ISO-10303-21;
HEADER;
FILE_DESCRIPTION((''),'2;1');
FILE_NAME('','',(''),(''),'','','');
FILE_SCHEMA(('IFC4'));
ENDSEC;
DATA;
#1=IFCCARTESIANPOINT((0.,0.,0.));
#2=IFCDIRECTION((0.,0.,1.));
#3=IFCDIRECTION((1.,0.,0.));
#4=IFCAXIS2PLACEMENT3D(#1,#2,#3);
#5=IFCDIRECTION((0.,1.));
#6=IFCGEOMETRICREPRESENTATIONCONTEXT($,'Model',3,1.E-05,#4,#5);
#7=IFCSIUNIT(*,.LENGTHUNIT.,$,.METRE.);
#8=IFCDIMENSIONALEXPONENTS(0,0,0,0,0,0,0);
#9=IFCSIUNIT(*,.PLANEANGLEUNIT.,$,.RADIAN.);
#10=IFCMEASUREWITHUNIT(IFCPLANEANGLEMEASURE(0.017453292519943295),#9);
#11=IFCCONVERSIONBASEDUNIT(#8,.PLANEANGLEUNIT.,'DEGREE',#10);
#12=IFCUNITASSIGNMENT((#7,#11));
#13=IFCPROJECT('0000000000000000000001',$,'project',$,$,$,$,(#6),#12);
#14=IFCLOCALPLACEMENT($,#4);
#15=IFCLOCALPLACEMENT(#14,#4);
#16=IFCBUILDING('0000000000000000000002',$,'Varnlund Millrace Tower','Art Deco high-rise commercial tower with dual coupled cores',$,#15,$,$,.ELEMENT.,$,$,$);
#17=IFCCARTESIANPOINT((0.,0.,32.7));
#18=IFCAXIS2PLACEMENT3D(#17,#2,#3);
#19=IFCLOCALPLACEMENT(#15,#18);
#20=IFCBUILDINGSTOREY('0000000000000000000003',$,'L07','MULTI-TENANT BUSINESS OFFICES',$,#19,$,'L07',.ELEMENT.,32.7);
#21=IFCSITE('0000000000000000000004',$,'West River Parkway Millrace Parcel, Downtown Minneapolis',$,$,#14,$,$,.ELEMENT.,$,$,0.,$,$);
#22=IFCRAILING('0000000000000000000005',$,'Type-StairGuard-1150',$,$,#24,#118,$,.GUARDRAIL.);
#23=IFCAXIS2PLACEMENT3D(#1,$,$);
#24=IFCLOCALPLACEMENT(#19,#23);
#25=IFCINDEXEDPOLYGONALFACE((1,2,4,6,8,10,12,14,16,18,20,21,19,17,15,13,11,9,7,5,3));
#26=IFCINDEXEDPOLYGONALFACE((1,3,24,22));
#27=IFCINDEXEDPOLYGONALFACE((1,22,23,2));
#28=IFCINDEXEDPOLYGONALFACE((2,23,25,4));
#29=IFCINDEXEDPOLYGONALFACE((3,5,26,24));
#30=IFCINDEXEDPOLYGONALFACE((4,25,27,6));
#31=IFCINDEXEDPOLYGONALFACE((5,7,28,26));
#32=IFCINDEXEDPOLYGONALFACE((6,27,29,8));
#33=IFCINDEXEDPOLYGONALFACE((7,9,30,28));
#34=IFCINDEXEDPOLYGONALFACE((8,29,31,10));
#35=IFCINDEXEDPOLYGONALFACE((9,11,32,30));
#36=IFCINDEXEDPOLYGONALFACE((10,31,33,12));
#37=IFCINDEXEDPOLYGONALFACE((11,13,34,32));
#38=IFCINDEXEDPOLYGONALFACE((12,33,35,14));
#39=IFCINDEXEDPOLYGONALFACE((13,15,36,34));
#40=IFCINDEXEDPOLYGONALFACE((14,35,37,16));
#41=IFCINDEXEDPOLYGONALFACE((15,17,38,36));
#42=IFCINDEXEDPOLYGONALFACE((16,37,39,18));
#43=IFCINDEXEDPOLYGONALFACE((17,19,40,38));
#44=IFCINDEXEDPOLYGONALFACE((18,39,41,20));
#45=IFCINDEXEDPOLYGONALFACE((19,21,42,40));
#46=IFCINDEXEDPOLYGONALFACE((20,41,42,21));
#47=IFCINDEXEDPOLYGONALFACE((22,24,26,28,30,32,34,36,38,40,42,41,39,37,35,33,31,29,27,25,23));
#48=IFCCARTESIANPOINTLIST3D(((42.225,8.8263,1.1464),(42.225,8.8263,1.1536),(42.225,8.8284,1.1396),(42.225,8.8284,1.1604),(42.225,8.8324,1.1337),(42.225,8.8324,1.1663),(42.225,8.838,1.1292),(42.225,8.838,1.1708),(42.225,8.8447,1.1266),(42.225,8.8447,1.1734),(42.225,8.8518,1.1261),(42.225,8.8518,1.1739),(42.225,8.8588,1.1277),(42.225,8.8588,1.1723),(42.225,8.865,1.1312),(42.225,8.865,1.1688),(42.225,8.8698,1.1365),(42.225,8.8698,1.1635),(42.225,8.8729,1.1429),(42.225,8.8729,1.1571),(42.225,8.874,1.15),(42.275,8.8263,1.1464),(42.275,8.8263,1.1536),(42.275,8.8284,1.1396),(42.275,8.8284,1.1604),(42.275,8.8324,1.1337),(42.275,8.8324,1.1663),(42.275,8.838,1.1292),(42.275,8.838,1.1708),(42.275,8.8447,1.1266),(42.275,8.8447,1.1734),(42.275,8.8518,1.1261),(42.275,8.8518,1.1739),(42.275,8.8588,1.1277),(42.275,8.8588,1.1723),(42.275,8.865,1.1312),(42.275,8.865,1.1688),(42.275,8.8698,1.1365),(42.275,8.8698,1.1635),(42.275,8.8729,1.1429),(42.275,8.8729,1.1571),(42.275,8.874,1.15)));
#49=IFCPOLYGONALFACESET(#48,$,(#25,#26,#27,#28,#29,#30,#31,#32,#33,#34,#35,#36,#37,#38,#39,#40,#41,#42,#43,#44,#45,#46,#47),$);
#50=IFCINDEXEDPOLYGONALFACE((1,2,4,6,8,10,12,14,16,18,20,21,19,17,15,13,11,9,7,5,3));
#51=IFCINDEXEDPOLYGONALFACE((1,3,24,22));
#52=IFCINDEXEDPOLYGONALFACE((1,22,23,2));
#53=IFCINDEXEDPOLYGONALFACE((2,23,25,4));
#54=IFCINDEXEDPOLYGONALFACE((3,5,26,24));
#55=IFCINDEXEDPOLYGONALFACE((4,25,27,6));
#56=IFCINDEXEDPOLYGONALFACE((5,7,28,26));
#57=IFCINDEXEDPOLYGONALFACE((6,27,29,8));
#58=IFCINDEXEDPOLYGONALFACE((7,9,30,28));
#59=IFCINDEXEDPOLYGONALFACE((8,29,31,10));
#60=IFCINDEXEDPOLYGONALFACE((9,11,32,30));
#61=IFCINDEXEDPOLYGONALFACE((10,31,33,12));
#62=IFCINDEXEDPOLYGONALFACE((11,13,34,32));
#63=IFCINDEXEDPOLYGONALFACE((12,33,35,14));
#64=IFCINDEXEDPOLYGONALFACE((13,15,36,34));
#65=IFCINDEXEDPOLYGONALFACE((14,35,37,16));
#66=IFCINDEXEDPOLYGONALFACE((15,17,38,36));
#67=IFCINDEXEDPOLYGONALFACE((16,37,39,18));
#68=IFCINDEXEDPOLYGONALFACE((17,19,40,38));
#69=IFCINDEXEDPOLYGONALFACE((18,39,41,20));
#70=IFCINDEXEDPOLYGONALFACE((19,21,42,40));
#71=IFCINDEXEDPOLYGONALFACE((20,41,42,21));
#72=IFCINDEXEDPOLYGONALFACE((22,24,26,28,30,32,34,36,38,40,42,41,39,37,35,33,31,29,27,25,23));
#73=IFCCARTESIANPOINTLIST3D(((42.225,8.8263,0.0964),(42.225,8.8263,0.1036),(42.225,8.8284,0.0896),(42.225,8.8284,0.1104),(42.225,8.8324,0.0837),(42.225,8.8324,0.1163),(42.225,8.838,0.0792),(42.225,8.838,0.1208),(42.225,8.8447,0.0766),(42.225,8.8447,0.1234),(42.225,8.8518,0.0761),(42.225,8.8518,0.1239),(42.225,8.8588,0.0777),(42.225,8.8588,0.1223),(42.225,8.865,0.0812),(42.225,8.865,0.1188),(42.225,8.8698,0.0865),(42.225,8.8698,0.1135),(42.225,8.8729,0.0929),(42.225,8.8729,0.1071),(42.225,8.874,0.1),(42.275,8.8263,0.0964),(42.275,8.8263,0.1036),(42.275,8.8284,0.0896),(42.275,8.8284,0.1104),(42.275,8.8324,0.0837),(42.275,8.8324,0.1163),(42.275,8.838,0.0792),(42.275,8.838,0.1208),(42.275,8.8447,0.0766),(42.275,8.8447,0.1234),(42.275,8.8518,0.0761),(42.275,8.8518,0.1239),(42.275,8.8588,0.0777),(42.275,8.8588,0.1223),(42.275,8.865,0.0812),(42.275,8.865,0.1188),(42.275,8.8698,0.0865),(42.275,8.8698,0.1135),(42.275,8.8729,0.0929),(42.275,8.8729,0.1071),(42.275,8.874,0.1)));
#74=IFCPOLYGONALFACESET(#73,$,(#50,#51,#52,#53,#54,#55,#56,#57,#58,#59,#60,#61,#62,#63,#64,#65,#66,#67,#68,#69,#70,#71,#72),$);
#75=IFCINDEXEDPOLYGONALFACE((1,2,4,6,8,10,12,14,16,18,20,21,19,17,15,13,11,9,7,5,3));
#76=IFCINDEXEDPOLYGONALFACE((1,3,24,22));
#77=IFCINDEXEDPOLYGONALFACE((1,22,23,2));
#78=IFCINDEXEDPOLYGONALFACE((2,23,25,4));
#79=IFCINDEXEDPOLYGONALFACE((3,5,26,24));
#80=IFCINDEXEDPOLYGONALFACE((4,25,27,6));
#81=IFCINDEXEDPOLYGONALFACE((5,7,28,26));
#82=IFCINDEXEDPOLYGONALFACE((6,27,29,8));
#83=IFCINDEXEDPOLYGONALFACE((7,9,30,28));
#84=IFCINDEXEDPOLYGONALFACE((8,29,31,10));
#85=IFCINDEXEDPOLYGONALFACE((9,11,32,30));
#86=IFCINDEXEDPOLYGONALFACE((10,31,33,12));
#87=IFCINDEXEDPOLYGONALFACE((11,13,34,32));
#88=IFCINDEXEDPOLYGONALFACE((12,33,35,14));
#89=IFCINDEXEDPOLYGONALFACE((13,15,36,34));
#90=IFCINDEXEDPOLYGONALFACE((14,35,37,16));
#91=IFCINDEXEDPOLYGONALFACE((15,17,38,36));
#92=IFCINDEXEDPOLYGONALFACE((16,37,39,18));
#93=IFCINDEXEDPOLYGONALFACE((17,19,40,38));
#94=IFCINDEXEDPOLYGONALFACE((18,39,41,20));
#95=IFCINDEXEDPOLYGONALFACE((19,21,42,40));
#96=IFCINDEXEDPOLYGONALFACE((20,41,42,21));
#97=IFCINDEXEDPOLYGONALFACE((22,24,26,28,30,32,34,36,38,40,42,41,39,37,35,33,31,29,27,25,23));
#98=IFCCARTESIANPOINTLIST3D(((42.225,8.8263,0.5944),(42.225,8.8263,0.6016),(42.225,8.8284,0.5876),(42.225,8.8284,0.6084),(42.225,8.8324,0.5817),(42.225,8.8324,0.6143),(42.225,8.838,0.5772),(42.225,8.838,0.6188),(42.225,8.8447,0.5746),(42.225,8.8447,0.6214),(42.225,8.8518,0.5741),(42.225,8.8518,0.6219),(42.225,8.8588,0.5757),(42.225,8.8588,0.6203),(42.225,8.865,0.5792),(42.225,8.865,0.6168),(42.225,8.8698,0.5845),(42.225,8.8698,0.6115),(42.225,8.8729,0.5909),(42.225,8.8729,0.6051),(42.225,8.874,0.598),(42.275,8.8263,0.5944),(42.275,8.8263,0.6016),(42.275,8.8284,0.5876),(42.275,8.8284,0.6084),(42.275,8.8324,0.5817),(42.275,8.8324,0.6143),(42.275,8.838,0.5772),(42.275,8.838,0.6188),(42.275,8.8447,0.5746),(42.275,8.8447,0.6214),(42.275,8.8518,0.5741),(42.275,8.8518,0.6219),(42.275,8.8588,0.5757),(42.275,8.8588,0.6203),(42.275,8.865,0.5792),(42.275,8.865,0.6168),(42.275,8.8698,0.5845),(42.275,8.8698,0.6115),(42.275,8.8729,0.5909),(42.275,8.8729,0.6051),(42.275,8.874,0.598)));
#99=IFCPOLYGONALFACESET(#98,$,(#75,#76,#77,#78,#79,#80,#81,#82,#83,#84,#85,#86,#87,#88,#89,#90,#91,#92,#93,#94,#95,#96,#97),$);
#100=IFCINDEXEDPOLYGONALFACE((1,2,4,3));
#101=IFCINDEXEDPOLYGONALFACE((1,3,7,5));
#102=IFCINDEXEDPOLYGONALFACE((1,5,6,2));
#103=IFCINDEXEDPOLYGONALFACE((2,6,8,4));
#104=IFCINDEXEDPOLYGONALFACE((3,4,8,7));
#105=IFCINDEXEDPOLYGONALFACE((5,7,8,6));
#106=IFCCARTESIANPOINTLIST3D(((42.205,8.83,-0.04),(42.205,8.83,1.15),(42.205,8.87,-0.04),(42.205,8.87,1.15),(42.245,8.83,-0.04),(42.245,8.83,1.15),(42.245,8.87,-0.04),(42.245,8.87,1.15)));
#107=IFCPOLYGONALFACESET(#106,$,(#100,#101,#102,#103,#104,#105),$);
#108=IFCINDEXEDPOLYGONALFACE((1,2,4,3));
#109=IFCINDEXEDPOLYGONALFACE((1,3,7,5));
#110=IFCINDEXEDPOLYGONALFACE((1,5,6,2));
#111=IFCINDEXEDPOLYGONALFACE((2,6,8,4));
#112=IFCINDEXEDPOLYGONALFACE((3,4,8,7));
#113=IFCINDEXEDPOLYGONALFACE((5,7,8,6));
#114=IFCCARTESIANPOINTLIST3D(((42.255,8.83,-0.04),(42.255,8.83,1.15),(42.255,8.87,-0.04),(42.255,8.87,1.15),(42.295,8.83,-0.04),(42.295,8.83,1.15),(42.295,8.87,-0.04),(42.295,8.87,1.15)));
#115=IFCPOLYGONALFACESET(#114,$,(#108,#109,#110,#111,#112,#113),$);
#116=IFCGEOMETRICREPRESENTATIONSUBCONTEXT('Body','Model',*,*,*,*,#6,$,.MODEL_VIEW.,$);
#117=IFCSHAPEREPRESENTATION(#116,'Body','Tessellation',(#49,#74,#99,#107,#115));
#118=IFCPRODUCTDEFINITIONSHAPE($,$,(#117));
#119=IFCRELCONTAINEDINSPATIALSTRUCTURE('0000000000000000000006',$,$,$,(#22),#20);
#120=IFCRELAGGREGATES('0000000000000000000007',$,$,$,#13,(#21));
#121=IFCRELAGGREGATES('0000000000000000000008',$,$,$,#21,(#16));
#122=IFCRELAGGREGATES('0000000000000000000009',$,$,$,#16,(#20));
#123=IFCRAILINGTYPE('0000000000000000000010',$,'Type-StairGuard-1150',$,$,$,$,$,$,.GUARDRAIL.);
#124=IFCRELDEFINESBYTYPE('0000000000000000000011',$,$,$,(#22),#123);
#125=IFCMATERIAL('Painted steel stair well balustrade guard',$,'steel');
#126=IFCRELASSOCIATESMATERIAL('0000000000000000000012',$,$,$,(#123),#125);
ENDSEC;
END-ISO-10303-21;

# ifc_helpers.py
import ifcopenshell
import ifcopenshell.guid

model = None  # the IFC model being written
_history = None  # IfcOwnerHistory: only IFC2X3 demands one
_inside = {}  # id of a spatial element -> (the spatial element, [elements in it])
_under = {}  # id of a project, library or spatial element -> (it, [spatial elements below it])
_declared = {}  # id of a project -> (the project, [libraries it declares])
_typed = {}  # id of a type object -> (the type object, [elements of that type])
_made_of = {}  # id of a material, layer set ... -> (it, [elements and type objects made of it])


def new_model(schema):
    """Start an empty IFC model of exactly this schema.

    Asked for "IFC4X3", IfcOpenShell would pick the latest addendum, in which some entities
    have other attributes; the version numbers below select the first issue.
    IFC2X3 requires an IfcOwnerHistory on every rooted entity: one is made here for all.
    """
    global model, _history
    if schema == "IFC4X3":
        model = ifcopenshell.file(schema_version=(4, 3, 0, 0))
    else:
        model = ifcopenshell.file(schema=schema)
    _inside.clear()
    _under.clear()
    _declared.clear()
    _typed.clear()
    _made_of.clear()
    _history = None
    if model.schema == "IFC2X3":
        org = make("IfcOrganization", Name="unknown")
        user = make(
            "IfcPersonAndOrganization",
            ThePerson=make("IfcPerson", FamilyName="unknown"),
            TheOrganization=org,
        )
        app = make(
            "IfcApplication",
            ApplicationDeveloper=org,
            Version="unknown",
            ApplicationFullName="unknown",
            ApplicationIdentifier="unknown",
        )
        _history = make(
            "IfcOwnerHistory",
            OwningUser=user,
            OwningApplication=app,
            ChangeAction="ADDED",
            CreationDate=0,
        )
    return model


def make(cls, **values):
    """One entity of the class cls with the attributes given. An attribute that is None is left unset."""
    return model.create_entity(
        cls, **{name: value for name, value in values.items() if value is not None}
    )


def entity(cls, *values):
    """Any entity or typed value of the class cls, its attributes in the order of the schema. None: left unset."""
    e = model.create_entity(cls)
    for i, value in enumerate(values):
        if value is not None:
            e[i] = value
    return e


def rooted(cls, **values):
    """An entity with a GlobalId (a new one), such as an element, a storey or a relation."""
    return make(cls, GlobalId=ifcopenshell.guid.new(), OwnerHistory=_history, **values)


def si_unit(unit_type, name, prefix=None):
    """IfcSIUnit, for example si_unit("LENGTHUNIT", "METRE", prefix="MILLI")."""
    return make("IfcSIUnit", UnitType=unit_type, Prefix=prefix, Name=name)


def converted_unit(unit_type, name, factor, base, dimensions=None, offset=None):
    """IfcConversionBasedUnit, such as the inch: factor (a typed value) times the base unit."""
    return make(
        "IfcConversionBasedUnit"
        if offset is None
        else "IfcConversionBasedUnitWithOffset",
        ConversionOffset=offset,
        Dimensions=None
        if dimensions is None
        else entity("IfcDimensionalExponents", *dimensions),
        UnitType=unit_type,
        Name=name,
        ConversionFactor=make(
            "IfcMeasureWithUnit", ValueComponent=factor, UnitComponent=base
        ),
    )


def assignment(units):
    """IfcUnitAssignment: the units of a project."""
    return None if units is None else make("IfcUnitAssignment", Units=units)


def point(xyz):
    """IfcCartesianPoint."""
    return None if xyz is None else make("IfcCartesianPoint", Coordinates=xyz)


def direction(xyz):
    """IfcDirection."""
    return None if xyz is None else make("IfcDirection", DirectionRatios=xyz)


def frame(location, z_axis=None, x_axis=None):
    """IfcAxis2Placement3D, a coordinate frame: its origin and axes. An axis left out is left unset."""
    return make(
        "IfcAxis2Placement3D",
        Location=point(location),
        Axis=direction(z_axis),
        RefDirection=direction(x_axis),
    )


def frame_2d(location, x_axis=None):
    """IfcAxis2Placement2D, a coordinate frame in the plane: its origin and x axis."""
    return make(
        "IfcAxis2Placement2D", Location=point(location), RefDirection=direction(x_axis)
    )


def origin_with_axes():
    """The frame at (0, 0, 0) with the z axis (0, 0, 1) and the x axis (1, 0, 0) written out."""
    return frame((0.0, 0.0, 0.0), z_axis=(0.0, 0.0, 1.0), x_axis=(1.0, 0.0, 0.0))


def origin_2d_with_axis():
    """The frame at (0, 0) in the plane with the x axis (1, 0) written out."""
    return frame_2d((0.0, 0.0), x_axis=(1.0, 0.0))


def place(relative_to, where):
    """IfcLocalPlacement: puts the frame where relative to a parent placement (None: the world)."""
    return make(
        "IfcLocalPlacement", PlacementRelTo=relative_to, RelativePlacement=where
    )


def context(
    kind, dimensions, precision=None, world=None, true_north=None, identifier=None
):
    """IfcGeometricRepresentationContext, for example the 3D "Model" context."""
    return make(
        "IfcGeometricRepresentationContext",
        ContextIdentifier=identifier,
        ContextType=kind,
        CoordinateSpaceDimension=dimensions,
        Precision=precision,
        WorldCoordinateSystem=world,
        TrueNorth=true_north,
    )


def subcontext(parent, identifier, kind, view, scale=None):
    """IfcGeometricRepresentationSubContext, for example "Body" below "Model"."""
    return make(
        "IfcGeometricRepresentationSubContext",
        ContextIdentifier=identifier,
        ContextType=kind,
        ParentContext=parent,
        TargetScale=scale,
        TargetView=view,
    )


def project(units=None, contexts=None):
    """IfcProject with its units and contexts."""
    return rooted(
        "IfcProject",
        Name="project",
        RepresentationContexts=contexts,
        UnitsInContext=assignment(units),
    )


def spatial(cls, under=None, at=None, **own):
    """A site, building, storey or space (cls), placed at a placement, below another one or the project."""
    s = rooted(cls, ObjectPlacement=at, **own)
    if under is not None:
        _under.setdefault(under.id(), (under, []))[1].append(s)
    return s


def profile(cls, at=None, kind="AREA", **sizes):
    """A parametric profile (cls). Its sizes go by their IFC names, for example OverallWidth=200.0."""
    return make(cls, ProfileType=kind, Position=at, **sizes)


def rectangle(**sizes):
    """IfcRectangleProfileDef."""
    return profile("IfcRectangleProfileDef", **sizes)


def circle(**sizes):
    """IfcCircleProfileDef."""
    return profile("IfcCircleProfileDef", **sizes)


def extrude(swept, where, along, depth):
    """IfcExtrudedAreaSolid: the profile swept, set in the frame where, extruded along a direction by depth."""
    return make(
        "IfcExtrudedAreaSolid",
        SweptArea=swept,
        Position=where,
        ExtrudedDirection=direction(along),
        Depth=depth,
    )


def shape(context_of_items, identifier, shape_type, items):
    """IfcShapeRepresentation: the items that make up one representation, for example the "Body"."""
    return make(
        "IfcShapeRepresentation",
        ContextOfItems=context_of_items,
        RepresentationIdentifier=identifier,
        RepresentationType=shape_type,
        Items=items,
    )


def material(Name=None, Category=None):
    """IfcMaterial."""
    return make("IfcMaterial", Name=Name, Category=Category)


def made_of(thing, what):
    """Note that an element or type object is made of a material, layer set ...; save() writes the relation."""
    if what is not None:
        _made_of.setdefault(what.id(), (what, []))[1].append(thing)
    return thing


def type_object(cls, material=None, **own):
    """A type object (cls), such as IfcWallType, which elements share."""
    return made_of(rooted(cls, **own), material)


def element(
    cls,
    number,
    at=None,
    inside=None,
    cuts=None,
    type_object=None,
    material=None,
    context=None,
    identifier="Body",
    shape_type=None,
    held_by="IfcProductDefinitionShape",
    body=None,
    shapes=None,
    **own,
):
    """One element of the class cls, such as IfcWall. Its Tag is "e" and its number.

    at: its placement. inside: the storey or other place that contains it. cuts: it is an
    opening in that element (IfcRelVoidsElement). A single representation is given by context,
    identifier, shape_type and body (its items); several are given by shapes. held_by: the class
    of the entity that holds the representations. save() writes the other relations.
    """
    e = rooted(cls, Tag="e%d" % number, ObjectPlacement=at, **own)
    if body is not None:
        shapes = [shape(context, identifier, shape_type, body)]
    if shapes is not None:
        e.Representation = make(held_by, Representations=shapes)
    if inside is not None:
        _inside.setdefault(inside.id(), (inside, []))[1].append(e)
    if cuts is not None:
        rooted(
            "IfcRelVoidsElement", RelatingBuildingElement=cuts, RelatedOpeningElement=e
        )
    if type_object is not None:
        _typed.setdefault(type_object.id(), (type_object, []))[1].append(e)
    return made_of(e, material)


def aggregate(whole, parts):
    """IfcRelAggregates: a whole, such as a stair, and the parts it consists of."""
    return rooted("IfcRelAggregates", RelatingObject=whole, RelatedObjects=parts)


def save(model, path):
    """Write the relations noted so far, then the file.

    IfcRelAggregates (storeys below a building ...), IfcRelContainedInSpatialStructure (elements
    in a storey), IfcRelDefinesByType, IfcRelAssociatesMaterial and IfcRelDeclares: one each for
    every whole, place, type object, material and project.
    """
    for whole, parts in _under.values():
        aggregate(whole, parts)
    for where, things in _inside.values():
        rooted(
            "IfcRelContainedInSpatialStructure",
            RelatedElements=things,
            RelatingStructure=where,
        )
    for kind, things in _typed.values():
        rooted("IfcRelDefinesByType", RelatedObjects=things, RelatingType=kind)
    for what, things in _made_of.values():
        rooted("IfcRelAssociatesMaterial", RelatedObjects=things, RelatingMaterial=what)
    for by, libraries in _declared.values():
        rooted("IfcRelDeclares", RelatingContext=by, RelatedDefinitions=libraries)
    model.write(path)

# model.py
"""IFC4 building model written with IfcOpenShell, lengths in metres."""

from ifc_helpers import new_model, entity, si_unit, converted_unit, direction, frame, origin_with_axes, origin_2d_with_axis, place, context, subcontext, project, spatial, rectangle, circle, extrude, material, type_object, element, save


model = new_model("IFC4")

# Units and contexts
model_context = context("Model", 3, precision=1e-05, world=origin_with_axes(), true_north=direction((0.0, 1.0)))
body_context = subcontext(model_context, "Body", "Model", "MODEL_VIEW")
ifc_project = project(units=[si_unit("LENGTHUNIT", "METRE"), converted_unit("PLANEANGLEUNIT", "DEGREE", entity("IfcPlaneAngleMeasure", 0.017453292519943295), si_unit("PLANEANGLEUNIT", "RADIAN"), dimensions=[0, 0, 0, 0, 0, 0, 0])], contexts=[model_context])

# Site, building, storey
site_placement = place(None, origin_with_axes())
site = spatial("IfcSite", under=ifc_project, at=site_placement, Name="West River Parkway Millrace Parcel, Downtown Minneapolis", CompositionType="ELEMENT", RefElevation=0.0)
building_placement = place(site_placement, origin_with_axes())
building = spatial("IfcBuilding", under=site, at=building_placement, Name="Varnlund Millrace Tower", Description="Art Deco high-rise commercial tower with dual coupled cores", CompositionType="ELEMENT")
storey_placement = place(building_placement, frame((0.0, 0.0, 32.7), z_axis=(0.0, 0.0, 1.0), x_axis=(1.0, 0.0, 0.0)))
storey = spatial("IfcBuildingStorey", under=building, at=storey_placement, Name="L07", Description="MULTI-TENANT BUSINESS OFFICES", LongName="L07", CompositionType="ELEMENT", Elevation=32.7)

# Railing
ifc_material_1 = material(Name="Painted steel stair well balustrade guard", Category="steel")
railing_type_1 = type_object("IfcRailingType", Name="Type-StairGuard-1150", PredefinedType="GUARDRAIL", material=ifc_material_1)
railing_1_placement = place(storey_placement, frame((0.0, 0.0, -32.7), z_axis=(0.0, 0.0, 1.0), x_axis=(1.0, 0.0, 0.0)))
element("IfcRailing", 1, at=railing_1_placement, inside=storey, type_object=railing_type_1, Name="Type-StairGuard-1150", PredefinedType="GUARDRAIL", context=body_context, shape_type="SweptSolid", body=[
    extrude(circle(Radius=0.024, at=origin_2d_with_axis()), frame((42.225, 8.85, 33.85), z_axis=(1.0, 0.0, 0.0), x_axis=(0.0, 1.0, 0.0)), (0.0, 0.0, 1.0), 0.05),
    extrude(circle(Radius=0.024, at=origin_2d_with_axis()), frame((42.225, 8.85, 32.8), z_axis=(1.0, 0.0, 0.0), x_axis=(0.0, 1.0, 0.0)), (0.0, 0.0, 1.0), 0.05),
    extrude(circle(Radius=0.024, at=origin_2d_with_axis()), frame((42.225, 8.85, 33.298), z_axis=(1.0, 0.0, 0.0), x_axis=(0.0, 1.0, 0.0)), (0.0, 0.0, 1.0), 0.05),
    extrude(rectangle(XDim=0.04, YDim=0.04, at=origin_2d_with_axis()), frame((42.225, 8.85, 32.66), z_axis=(0.0, 0.0, 1.0), x_axis=(1.0, 0.0, 0.0)), (0.0, 0.0, 1.0), 1.19),
    extrude(rectangle(XDim=0.04, YDim=0.04, at=origin_2d_with_axis()), frame((42.275, 8.85, 32.66), z_axis=(0.0, 0.0, 1.0), x_axis=(1.0, 0.0, 0.0)), (0.0, 0.0, 1.0), 1.19),
])

save(model, "model.ifc")
